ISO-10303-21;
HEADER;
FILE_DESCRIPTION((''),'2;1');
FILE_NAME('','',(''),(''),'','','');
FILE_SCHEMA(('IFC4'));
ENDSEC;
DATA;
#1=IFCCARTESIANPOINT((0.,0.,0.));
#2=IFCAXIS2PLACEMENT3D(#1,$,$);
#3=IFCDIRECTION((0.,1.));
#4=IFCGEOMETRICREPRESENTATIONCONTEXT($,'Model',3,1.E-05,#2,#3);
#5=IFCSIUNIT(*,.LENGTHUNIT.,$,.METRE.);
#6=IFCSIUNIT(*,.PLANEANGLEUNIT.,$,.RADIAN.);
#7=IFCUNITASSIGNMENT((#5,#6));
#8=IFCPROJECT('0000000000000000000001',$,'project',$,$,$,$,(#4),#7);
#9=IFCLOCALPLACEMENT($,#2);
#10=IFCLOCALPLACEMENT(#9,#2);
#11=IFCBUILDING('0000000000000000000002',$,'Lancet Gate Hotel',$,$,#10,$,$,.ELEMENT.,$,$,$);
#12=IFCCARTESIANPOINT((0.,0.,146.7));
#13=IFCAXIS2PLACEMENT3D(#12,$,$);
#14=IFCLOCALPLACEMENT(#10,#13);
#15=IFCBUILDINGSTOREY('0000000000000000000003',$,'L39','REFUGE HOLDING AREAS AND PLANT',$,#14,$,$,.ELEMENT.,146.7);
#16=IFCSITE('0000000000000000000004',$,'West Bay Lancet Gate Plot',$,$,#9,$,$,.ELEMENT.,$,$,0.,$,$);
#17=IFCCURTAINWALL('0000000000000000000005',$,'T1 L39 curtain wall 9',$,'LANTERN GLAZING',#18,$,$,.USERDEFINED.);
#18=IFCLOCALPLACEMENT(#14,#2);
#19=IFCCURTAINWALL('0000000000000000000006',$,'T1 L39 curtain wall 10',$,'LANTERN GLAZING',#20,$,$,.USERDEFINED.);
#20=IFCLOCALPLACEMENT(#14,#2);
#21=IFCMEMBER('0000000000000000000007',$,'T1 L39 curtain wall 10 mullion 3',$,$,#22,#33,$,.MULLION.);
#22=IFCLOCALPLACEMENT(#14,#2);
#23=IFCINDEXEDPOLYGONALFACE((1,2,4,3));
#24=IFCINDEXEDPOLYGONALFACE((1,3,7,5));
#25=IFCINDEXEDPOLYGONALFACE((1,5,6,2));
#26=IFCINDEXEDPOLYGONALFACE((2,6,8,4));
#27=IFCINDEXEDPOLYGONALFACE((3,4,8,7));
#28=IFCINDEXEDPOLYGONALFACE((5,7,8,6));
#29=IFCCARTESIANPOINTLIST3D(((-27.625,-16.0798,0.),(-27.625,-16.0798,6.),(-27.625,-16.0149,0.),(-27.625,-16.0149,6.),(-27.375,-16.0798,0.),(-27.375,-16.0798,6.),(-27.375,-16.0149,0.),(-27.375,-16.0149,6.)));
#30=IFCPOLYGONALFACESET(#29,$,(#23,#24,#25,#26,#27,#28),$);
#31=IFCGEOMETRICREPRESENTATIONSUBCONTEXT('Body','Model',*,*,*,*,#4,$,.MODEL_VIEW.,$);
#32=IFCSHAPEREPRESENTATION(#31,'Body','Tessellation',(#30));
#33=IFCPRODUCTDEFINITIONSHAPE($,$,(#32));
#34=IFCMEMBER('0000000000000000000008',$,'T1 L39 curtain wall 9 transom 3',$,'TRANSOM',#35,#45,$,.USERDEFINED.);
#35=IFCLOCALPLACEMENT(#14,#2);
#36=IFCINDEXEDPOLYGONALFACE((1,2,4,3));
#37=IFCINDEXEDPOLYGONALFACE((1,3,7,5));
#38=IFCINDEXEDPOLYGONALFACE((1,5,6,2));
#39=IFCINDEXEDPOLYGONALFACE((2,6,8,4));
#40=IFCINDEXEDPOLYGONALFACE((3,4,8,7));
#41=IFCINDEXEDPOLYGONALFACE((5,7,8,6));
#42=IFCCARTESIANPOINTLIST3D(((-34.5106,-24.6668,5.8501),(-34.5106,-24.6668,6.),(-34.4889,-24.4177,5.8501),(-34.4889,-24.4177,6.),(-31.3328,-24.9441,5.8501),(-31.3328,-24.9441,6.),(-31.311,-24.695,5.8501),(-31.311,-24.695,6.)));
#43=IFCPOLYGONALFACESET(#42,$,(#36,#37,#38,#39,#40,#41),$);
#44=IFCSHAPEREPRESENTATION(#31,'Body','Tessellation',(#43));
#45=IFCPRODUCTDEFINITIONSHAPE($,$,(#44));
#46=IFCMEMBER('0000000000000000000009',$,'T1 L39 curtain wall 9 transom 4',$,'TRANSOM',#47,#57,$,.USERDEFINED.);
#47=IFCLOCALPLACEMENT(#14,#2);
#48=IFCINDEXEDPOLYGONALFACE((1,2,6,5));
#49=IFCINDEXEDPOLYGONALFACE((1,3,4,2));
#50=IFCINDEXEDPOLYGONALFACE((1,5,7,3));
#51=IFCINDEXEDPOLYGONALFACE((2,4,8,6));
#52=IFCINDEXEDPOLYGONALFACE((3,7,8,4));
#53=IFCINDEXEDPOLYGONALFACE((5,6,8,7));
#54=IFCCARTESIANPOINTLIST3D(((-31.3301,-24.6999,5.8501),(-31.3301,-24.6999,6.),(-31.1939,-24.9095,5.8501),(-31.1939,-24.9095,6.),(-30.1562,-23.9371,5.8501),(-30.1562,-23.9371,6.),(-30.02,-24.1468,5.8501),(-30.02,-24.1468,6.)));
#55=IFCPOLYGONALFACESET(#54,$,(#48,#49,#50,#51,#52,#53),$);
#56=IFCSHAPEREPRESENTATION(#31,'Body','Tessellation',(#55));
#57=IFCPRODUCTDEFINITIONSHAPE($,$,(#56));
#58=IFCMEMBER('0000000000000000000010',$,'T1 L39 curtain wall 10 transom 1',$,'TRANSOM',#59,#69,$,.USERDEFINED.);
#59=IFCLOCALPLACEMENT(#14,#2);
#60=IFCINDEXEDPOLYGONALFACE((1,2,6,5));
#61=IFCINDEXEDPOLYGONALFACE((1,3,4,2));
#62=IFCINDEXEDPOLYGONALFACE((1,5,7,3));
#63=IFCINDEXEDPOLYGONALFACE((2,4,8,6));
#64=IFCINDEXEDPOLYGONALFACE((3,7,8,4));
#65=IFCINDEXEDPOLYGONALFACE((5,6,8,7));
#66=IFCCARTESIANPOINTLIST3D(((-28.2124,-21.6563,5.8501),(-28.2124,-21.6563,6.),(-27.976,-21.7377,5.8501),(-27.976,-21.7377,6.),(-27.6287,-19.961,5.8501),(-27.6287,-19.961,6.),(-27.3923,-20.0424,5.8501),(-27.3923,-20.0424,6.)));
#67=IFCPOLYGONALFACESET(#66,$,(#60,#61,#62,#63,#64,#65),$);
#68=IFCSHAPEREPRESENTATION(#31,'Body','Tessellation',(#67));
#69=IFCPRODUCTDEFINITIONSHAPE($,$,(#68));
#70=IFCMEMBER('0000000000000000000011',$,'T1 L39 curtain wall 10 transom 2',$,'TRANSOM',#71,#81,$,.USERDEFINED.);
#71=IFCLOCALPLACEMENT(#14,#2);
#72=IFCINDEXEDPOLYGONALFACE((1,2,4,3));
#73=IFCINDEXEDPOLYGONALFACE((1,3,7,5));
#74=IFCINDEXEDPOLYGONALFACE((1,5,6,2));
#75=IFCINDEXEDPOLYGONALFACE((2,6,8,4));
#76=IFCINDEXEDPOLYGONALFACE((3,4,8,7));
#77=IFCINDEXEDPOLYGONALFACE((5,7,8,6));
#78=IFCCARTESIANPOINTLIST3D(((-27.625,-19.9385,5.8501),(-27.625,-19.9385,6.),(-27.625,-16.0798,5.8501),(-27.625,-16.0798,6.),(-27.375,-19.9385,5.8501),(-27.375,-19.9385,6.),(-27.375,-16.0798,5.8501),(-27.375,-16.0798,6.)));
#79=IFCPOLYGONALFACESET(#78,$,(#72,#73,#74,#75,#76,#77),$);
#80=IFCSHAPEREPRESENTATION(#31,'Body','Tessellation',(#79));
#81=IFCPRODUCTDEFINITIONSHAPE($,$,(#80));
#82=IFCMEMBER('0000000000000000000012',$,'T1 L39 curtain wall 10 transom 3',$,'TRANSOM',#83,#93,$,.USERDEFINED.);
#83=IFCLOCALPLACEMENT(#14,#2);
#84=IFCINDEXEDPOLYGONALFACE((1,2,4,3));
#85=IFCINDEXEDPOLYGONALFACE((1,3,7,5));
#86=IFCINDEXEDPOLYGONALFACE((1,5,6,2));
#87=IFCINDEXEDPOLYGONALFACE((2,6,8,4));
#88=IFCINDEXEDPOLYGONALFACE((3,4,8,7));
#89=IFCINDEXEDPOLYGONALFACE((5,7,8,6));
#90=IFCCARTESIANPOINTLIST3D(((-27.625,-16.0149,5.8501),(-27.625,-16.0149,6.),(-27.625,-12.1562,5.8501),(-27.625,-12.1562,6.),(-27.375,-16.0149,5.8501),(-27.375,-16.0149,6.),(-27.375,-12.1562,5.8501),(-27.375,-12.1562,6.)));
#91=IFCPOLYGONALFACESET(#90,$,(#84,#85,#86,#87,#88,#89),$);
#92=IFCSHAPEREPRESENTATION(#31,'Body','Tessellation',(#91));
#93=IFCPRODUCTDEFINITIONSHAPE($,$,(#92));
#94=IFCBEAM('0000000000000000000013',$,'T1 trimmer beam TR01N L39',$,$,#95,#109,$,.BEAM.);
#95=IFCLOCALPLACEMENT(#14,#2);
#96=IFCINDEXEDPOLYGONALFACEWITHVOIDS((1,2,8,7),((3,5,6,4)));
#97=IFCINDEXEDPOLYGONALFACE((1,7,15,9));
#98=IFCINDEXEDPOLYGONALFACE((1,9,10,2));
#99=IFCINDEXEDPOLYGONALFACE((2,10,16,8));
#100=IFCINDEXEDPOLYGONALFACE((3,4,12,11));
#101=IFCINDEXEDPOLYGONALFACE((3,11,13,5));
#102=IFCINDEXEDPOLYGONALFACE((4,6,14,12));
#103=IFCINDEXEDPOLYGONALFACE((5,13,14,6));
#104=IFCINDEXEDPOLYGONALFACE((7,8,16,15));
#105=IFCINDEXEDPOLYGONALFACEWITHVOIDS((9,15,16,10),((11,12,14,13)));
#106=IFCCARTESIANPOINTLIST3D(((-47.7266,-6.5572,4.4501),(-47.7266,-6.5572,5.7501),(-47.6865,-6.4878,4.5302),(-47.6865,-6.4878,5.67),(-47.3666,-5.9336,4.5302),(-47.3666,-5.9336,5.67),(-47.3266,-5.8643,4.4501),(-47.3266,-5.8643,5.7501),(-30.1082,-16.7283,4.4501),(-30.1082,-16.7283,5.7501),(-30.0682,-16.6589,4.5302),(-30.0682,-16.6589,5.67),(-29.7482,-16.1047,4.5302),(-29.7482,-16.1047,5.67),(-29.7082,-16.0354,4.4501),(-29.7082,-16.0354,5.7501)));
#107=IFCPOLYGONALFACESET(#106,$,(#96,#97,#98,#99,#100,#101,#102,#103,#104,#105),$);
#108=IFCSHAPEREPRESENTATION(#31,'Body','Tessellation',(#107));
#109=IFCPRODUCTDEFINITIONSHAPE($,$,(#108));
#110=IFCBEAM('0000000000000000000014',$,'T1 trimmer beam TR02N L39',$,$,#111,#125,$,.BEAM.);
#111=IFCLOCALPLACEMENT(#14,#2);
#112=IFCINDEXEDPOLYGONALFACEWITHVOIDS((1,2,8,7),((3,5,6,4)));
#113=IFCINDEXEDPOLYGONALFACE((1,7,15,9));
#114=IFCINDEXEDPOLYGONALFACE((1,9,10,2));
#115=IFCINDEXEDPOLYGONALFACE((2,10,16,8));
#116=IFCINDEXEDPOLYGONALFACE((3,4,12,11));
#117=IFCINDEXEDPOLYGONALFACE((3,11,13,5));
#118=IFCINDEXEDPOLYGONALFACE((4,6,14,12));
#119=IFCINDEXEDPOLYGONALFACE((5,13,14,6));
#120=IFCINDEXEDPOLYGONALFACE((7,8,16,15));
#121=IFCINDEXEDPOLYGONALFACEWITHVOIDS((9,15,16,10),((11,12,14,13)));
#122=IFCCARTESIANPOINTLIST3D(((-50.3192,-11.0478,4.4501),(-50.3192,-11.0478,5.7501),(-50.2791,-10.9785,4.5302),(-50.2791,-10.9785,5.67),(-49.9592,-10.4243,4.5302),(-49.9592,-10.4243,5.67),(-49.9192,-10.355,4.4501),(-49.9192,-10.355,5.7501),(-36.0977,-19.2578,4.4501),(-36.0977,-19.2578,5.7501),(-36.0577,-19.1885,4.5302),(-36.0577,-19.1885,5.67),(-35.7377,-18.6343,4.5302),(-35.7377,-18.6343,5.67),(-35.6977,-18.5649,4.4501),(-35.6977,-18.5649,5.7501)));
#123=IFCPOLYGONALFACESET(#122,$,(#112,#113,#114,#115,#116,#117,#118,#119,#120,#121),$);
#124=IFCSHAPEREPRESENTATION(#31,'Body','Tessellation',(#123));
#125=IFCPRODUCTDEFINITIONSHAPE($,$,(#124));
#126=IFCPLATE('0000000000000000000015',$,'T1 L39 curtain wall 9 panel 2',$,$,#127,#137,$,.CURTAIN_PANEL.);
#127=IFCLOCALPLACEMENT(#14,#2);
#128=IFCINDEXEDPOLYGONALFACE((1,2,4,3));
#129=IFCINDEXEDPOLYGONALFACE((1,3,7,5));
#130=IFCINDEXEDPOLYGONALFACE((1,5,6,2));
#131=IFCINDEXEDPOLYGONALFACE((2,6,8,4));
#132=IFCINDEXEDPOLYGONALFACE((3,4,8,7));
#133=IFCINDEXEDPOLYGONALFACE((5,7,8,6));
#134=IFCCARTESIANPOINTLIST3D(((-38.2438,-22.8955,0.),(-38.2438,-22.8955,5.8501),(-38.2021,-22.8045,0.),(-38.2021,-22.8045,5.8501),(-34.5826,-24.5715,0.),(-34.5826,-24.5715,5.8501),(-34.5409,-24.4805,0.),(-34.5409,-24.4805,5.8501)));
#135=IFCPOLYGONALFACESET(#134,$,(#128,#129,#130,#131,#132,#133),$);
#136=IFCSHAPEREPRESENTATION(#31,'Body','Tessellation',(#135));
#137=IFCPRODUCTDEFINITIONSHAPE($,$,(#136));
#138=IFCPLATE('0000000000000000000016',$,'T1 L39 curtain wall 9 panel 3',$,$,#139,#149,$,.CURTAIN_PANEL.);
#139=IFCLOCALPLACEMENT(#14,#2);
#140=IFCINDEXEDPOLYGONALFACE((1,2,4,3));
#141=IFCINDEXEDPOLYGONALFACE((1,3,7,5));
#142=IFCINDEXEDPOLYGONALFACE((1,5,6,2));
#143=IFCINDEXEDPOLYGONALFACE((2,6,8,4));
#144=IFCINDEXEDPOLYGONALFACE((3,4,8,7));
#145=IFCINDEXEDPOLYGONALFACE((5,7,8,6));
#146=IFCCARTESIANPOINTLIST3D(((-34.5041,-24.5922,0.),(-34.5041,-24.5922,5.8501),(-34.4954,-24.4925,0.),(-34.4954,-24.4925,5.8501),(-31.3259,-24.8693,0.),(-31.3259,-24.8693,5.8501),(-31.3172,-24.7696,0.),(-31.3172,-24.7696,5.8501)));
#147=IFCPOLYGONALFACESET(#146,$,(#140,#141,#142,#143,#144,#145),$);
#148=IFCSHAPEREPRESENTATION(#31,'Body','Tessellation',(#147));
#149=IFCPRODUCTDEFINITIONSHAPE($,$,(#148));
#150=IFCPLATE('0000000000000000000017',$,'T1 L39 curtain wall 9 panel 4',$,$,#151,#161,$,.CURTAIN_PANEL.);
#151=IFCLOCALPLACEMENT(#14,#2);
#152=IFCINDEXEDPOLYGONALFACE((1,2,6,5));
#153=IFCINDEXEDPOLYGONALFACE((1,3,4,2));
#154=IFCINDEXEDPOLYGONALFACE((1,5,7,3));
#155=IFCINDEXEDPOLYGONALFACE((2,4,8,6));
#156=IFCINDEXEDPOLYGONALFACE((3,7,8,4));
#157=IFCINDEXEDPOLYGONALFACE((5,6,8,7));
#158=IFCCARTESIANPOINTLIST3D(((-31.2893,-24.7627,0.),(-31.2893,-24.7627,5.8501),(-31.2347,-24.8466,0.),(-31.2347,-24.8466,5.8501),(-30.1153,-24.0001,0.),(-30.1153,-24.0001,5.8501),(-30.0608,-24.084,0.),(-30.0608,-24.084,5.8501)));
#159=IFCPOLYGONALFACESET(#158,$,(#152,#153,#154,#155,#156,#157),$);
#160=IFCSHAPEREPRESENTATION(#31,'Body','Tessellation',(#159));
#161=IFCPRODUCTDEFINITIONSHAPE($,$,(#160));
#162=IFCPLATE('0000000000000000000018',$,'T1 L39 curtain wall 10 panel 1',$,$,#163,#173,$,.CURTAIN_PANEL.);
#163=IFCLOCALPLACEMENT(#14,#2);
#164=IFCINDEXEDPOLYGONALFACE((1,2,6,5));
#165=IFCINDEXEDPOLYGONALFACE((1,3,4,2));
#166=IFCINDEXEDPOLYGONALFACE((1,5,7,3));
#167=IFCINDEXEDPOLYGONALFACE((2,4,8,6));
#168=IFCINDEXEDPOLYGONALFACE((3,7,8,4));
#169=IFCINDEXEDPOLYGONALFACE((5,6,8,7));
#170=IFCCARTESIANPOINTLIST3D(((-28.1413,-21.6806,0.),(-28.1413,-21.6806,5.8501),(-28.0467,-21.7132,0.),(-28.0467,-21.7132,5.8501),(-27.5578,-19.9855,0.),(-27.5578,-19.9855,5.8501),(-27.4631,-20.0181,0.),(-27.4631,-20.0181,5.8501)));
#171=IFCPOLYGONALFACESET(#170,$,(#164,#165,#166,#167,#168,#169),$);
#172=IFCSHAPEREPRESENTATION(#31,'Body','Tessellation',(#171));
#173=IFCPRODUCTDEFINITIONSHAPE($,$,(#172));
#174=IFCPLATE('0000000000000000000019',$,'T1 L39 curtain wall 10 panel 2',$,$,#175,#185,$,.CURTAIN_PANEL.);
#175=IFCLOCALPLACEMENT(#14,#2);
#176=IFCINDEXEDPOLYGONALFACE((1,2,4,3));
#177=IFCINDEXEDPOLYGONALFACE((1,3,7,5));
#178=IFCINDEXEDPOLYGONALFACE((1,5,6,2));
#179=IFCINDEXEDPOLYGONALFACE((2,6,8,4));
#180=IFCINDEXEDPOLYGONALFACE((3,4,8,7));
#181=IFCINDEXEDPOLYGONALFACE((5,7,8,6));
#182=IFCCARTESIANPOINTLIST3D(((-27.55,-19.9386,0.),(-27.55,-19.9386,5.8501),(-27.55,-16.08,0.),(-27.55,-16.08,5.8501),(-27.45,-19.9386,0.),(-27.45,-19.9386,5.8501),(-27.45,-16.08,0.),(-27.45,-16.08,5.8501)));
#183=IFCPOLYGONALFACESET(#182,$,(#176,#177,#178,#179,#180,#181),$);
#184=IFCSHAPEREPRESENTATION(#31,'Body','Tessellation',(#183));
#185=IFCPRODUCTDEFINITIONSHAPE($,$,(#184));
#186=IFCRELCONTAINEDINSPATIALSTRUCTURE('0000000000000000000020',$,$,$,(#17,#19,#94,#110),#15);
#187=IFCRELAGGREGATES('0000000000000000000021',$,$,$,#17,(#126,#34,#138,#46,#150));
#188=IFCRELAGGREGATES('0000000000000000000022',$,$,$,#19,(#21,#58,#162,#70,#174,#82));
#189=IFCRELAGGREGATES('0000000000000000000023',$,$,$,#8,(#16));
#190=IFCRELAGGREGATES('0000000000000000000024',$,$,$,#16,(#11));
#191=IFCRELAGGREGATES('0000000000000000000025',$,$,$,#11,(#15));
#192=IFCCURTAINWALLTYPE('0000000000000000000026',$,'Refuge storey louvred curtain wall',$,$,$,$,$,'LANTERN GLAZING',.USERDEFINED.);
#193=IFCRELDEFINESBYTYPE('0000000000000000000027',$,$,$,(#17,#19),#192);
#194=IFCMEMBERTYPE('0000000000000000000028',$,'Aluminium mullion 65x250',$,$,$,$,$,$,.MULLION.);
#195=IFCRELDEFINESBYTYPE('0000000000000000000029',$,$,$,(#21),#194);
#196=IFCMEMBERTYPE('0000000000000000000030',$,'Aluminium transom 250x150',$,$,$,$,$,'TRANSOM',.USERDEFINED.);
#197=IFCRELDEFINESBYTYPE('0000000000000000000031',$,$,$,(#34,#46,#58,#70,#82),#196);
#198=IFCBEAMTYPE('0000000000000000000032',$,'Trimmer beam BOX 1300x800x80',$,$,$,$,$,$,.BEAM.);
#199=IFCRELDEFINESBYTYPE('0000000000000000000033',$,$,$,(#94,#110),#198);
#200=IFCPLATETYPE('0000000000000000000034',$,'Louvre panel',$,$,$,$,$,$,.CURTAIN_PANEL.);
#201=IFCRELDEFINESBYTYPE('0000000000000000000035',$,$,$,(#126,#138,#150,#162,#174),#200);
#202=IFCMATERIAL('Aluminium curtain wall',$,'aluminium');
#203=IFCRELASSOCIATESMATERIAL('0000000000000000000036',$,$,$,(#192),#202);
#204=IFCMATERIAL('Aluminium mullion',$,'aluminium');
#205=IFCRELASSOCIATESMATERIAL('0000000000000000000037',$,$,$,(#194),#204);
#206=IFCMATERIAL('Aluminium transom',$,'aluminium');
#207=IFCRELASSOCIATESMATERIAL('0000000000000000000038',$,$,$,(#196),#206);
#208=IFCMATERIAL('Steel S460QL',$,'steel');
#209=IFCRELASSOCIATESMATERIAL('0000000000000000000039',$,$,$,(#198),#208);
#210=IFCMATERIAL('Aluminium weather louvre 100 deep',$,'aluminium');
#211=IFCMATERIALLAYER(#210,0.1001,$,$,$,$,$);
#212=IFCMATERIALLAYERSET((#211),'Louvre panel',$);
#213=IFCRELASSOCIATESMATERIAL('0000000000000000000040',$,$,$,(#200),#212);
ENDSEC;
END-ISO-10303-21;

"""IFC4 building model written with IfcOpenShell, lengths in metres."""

from ifc_helpers import new_model, si_unit, direction, frame, origin, origin_2d, place, context, subcontext, project, spatial, rectangle, hollow_rectangle, extrude, material, layer, layer_set, material_profile, profile_set, type_object, element, aggregate, save


model = new_model("IFC4")

# Units and contexts
model_context = context("Model", 3, precision=1e-05, world=origin(), true_north=direction((0.0, 1.0)))
body_context = subcontext(model_context, "Body", "Model", "MODEL_VIEW")
ifc_project = project(units=[si_unit("LENGTHUNIT", "METRE"), si_unit("PLANEANGLEUNIT", "RADIAN")], contexts=[model_context])

# Site, building, storey
site_placement = place(None, origin())
site = spatial("IfcSite", under=ifc_project, at=site_placement, Name="West Bay Lancet Gate Plot", CompositionType="ELEMENT", RefElevation=0.0)
building_placement = place(site_placement, origin())
building = spatial("IfcBuilding", under=site, at=building_placement, Name="Lancet Gate Hotel", CompositionType="ELEMENT")
storey_placement = place(building_placement, frame((0.0, 0.0, 146.7)))
storey = spatial("IfcBuildingStorey", under=building, at=storey_placement, Name="L39", Description="REFUGE HOLDING AREAS AND PLANT", CompositionType="ELEMENT", Elevation=146.7)

# Curtain walls, member
ifc_material_1 = material(Name="Aluminium curtain wall", Category="aluminium")
curtain_wall_type = type_object("IfcCurtainWallType", Name="Refuge storey louvred curtain wall", ElementType="LANTERN GLAZING", PredefinedType="USERDEFINED", material=ifc_material_1)
curtain_wall_1_placement = place(storey_placement, origin())
curtain_wall_1 = element("IfcCurtainWall", 1, at=curtain_wall_1_placement, inside=storey, type_object=curtain_wall_type, Name="T1 L39 curtain wall 9", ObjectType="LANTERN GLAZING", PredefinedType="USERDEFINED")
ifc_material_2 = material(Name="Aluminium mullion", Category="aluminium")
ifc_material_profile_1 = material_profile(ifc_material_2, rectangle(XDim=0.0649, YDim=0.25, at=origin_2d()), Name="MULLION 65x250")
ifc_profile_set_1 = profile_set([ifc_material_profile_1], Name="Aluminium mullion")
member_type_1 = type_object("IfcMemberType", Name="Aluminium mullion 65x250", PredefinedType="MULLION", material=ifc_profile_set_1)
curtain_wall_2_placement = place(storey_placement, origin())
curtain_wall_2 = element("IfcCurtainWall", 2, at=curtain_wall_2_placement, inside=storey, type_object=curtain_wall_type, Name="T1 L39 curtain wall 10", ObjectType="LANTERN GLAZING", PredefinedType="USERDEFINED")
member_1_placement = place(storey_placement, frame((-27.5, -16.0474, 0.0), z_axis=(0.0, 0.0, 1.0), x_axis=(0.0, 1.0, 0.0)))
member_1 = element("IfcMember", 3, at=member_1_placement, type_object=member_type_1, Name="T1 L39 curtain wall 10 mullion 3", PredefinedType="MULLION", context=body_context, shape_type="SweptSolid", body=[
    extrude(rectangle(XDim=0.0649, YDim=0.25, at=origin_2d()), origin(), (0.0, 0.0, 1.0), 6.0),
])

# Members
ifc_material_3 = material(Name="Aluminium transom", Category="aluminium")
ifc_material_profile_2 = material_profile(ifc_material_3, rectangle(XDim=0.25, YDim=0.1499, at=origin_2d()), Name="TRANSOM 250x150")
ifc_profile_set_2 = profile_set([ifc_material_profile_2], Name="Aluminium transom")
member_type_2 = type_object("IfcMemberType", Name="Aluminium transom 250x150", ElementType="TRANSOM", PredefinedType="USERDEFINED", material=ifc_profile_set_2)
member_2_placement = place(storey_placement, frame((-34.4998, -24.5422, 5.925), z_axis=(0.996214, -0.08694, 0.0), x_axis=(0.08694, 0.996214, 0.0)))
member_2 = element("IfcMember", 4, at=member_2_placement, type_object=member_type_2, Name="T1 L39 curtain wall 9 transom 3", ObjectType="TRANSOM", PredefinedType="USERDEFINED", context=body_context, shape_type="SweptSolid", body=[
    extrude(rectangle(XDim=0.25, YDim=0.1499, at=origin_2d()), origin(), (0.0, 0.0, 1.0), 3.1899),
])
member_3_placement = place(storey_placement, frame((-31.262, -24.8047, 5.925), z_axis=(0.838539, 0.544841, 0.0), x_axis=(-0.544841, 0.838539, 0.0)))
member_3 = element("IfcMember", 5, at=member_3_placement, type_object=member_type_2, Name="T1 L39 curtain wall 9 transom 4", ObjectType="TRANSOM", PredefinedType="USERDEFINED", context=body_context, shape_type="SweptSolid", body=[
    extrude(rectangle(XDim=0.25, YDim=0.1499, at=origin_2d()), origin(), (0.0, 0.0, 1.0), 1.3999),
])
member_4_placement = place(storey_placement, frame((-28.0942, -21.697, 5.925), z_axis=(0.325567, 0.945519, 0.0), x_axis=(-0.945519, 0.325567, 0.0)))
member_4 = element("IfcMember", 6, at=member_4_placement, type_object=member_type_2, Name="T1 L39 curtain wall 10 transom 1", ObjectType="TRANSOM", PredefinedType="USERDEFINED", context=body_context, shape_type="SweptSolid", body=[
    extrude(rectangle(XDim=0.25, YDim=0.1499, at=origin_2d()), origin(), (0.0, 0.0, 1.0), 1.793),
])
member_5_placement = place(storey_placement, frame((-27.5, -19.9385, 5.925), z_axis=(0.0, 1.0, 0.0), x_axis=(-1.0, 0.0, 0.0)))
member_5 = element("IfcMember", 7, at=member_5_placement, type_object=member_type_2, Name="T1 L39 curtain wall 10 transom 2", ObjectType="TRANSOM", PredefinedType="USERDEFINED", context=body_context, shape_type="SweptSolid", body=[
    extrude(rectangle(XDim=0.25, YDim=0.1499, at=origin_2d()), origin(), (0.0, 0.0, 1.0), 3.8586),
])
member_6_placement = place(storey_placement, frame((-27.5, -16.0149, 5.925), z_axis=(0.0, 1.0, 0.0), x_axis=(-1.0, 0.0, 0.0)))
member_6 = element("IfcMember", 8, at=member_6_placement, type_object=member_type_2, Name="T1 L39 curtain wall 10 transom 3", ObjectType="TRANSOM", PredefinedType="USERDEFINED", context=body_context, shape_type="SweptSolid", body=[
    extrude(rectangle(XDim=0.25, YDim=0.1499, at=origin_2d()), origin(), (0.0, 0.0, 1.0), 3.8586),
])

# Beams
ifc_material_4 = material(Name="Steel S460QL", Category="steel")
ifc_material_profile_3 = material_profile(ifc_material_4, hollow_rectangle(XDim=0.8, YDim=1.3, WallThickness=0.0801, at=origin_2d()), Name="BOX 1300x800x80")
ifc_profile_set_3 = profile_set([ifc_material_profile_3], Name="Steel S460QL")
beam_type = type_object("IfcBeamType", Name="Trimmer beam BOX 1300x800x80", PredefinedType="BEAM", material=ifc_profile_set_3)
beam_1_placement = place(storey_placement, frame((-29.9082, -16.3818, 5.1001), z_axis=(-0.866043, 0.499969, 0.0), x_axis=(-0.499969, -0.866043, 0.0)))
element("IfcBeam", 9, at=beam_1_placement, inside=storey, type_object=beam_type, Name="T1 trimmer beam TR01N L39", PredefinedType="BEAM", context=body_context, shape_type="SweptSolid", body=[
    extrude(hollow_rectangle(XDim=0.8, YDim=1.3, WallThickness=0.0801, at=origin_2d()), origin(), (0.0, 0.0, 1.0), 20.3435),
])
beam_2_placement = place(storey_placement, frame((-35.8977, -18.9114, 5.1001), z_axis=(-0.866046, 0.499964, 0.0), x_axis=(-0.499964, -0.866046, 0.0)))
element("IfcBeam", 10, at=beam_2_placement, inside=storey, type_object=beam_type, Name="T1 trimmer beam TR02N L39", PredefinedType="BEAM", context=body_context, shape_type="SweptSolid", body=[
    extrude(hollow_rectangle(XDim=0.8, YDim=1.3, WallThickness=0.0801, at=origin_2d()), origin(), (0.0, 0.0, 1.0), 16.4211),
])

# Plates
ifc_material_5 = material(Name="Aluminium weather louvre 100 deep", Category="aluminium")
ifc_layer_1 = layer(ifc_material_5, 0.1001)
ifc_layer_set_1 = layer_set([ifc_layer_1], Name="Louvre panel")
plate_type = type_object("IfcPlateType", Name="Louvre panel", PredefinedType="CURTAIN_PANEL", material=ifc_layer_set_1)
plate_1_placement = place(storey_placement, frame((-36.3923, -23.688, 0.0), z_axis=(0.0, 0.0, 1.0), x_axis=(0.909253, -0.416245, 0.0)))
plate_1 = element("IfcPlate", 11, at=plate_1_placement, type_object=plate_type, Name="T1 L39 curtain wall 9 panel 2", PredefinedType="CURTAIN_PANEL", context=body_context, shape_type="SweptSolid", body=[
    extrude(rectangle(XDim=4.0266, YDim=0.1001, at=origin_2d()), origin(), (0.0, 0.0, 1.0), 5.8501),
])
plate_2_placement = place(storey_placement, frame((-32.9106, -24.6809, 0.0), z_axis=(0.0, 0.0, 1.0), x_axis=(0.996219, -0.08688, 0.0)))
plate_2 = element("IfcPlate", 12, at=plate_2_placement, type_object=plate_type, Name="T1 L39 curtain wall 9 panel 3", PredefinedType="CURTAIN_PANEL", context=body_context, shape_type="SweptSolid", body=[
    extrude(rectangle(XDim=3.1902, YDim=0.1001, at=origin_2d()), origin(), (0.0, 0.0, 1.0), 5.8501),
])
plate_3_placement = place(storey_placement, frame((-30.675, -24.4233, 0.0), z_axis=(0.0, 0.0, 1.0), x_axis=(0.83858, 0.544778, 0.0)))
plate_3 = element("IfcPlate", 13, at=plate_3_placement, type_object=plate_type, Name="T1 L39 curtain wall 9 panel 4", PredefinedType="CURTAIN_PANEL", context=body_context, shape_type="SweptSolid", body=[
    extrude(rectangle(XDim=1.3999, YDim=0.1001, at=origin_2d()), origin(), (0.0, 0.0, 1.0), 5.8501),
])
aggregate(curtain_wall_1, [plate_1, member_2, plate_2, member_3, plate_3])
plate_4_placement = place(storey_placement, frame((-27.8022, -20.8494, 0.0), z_axis=(0.0, 0.0, 1.0), x_axis=(0.325516, 0.945537, 0.0)))
plate_4 = element("IfcPlate", 14, at=plate_4_placement, type_object=plate_type, Name="T1 L39 curtain wall 10 panel 1", PredefinedType="CURTAIN_PANEL", context=body_context, shape_type="SweptSolid", body=[
    extrude(rectangle(XDim=1.7927, YDim=0.1001, at=origin_2d()), origin(), (0.0, 0.0, 1.0), 5.8501),
])
plate_5_placement = place(storey_placement, frame((-27.5, -18.0093, 0.0), z_axis=(0.0, 0.0, 1.0), x_axis=(0.0, 1.0, 0.0)))
plate_5 = element("IfcPlate", 15, at=plate_5_placement, type_object=plate_type, Name="T1 L39 curtain wall 10 panel 2", PredefinedType="CURTAIN_PANEL", context=body_context, shape_type="SweptSolid", body=[
    extrude(rectangle(XDim=3.8586, YDim=0.1001, at=origin_2d()), origin(), (0.0, 0.0, 1.0), 5.8501),
])
aggregate(curtain_wall_2, [member_1, member_4, plate_4, member_5, plate_5, member_6])

save(model, "model.ifc")
